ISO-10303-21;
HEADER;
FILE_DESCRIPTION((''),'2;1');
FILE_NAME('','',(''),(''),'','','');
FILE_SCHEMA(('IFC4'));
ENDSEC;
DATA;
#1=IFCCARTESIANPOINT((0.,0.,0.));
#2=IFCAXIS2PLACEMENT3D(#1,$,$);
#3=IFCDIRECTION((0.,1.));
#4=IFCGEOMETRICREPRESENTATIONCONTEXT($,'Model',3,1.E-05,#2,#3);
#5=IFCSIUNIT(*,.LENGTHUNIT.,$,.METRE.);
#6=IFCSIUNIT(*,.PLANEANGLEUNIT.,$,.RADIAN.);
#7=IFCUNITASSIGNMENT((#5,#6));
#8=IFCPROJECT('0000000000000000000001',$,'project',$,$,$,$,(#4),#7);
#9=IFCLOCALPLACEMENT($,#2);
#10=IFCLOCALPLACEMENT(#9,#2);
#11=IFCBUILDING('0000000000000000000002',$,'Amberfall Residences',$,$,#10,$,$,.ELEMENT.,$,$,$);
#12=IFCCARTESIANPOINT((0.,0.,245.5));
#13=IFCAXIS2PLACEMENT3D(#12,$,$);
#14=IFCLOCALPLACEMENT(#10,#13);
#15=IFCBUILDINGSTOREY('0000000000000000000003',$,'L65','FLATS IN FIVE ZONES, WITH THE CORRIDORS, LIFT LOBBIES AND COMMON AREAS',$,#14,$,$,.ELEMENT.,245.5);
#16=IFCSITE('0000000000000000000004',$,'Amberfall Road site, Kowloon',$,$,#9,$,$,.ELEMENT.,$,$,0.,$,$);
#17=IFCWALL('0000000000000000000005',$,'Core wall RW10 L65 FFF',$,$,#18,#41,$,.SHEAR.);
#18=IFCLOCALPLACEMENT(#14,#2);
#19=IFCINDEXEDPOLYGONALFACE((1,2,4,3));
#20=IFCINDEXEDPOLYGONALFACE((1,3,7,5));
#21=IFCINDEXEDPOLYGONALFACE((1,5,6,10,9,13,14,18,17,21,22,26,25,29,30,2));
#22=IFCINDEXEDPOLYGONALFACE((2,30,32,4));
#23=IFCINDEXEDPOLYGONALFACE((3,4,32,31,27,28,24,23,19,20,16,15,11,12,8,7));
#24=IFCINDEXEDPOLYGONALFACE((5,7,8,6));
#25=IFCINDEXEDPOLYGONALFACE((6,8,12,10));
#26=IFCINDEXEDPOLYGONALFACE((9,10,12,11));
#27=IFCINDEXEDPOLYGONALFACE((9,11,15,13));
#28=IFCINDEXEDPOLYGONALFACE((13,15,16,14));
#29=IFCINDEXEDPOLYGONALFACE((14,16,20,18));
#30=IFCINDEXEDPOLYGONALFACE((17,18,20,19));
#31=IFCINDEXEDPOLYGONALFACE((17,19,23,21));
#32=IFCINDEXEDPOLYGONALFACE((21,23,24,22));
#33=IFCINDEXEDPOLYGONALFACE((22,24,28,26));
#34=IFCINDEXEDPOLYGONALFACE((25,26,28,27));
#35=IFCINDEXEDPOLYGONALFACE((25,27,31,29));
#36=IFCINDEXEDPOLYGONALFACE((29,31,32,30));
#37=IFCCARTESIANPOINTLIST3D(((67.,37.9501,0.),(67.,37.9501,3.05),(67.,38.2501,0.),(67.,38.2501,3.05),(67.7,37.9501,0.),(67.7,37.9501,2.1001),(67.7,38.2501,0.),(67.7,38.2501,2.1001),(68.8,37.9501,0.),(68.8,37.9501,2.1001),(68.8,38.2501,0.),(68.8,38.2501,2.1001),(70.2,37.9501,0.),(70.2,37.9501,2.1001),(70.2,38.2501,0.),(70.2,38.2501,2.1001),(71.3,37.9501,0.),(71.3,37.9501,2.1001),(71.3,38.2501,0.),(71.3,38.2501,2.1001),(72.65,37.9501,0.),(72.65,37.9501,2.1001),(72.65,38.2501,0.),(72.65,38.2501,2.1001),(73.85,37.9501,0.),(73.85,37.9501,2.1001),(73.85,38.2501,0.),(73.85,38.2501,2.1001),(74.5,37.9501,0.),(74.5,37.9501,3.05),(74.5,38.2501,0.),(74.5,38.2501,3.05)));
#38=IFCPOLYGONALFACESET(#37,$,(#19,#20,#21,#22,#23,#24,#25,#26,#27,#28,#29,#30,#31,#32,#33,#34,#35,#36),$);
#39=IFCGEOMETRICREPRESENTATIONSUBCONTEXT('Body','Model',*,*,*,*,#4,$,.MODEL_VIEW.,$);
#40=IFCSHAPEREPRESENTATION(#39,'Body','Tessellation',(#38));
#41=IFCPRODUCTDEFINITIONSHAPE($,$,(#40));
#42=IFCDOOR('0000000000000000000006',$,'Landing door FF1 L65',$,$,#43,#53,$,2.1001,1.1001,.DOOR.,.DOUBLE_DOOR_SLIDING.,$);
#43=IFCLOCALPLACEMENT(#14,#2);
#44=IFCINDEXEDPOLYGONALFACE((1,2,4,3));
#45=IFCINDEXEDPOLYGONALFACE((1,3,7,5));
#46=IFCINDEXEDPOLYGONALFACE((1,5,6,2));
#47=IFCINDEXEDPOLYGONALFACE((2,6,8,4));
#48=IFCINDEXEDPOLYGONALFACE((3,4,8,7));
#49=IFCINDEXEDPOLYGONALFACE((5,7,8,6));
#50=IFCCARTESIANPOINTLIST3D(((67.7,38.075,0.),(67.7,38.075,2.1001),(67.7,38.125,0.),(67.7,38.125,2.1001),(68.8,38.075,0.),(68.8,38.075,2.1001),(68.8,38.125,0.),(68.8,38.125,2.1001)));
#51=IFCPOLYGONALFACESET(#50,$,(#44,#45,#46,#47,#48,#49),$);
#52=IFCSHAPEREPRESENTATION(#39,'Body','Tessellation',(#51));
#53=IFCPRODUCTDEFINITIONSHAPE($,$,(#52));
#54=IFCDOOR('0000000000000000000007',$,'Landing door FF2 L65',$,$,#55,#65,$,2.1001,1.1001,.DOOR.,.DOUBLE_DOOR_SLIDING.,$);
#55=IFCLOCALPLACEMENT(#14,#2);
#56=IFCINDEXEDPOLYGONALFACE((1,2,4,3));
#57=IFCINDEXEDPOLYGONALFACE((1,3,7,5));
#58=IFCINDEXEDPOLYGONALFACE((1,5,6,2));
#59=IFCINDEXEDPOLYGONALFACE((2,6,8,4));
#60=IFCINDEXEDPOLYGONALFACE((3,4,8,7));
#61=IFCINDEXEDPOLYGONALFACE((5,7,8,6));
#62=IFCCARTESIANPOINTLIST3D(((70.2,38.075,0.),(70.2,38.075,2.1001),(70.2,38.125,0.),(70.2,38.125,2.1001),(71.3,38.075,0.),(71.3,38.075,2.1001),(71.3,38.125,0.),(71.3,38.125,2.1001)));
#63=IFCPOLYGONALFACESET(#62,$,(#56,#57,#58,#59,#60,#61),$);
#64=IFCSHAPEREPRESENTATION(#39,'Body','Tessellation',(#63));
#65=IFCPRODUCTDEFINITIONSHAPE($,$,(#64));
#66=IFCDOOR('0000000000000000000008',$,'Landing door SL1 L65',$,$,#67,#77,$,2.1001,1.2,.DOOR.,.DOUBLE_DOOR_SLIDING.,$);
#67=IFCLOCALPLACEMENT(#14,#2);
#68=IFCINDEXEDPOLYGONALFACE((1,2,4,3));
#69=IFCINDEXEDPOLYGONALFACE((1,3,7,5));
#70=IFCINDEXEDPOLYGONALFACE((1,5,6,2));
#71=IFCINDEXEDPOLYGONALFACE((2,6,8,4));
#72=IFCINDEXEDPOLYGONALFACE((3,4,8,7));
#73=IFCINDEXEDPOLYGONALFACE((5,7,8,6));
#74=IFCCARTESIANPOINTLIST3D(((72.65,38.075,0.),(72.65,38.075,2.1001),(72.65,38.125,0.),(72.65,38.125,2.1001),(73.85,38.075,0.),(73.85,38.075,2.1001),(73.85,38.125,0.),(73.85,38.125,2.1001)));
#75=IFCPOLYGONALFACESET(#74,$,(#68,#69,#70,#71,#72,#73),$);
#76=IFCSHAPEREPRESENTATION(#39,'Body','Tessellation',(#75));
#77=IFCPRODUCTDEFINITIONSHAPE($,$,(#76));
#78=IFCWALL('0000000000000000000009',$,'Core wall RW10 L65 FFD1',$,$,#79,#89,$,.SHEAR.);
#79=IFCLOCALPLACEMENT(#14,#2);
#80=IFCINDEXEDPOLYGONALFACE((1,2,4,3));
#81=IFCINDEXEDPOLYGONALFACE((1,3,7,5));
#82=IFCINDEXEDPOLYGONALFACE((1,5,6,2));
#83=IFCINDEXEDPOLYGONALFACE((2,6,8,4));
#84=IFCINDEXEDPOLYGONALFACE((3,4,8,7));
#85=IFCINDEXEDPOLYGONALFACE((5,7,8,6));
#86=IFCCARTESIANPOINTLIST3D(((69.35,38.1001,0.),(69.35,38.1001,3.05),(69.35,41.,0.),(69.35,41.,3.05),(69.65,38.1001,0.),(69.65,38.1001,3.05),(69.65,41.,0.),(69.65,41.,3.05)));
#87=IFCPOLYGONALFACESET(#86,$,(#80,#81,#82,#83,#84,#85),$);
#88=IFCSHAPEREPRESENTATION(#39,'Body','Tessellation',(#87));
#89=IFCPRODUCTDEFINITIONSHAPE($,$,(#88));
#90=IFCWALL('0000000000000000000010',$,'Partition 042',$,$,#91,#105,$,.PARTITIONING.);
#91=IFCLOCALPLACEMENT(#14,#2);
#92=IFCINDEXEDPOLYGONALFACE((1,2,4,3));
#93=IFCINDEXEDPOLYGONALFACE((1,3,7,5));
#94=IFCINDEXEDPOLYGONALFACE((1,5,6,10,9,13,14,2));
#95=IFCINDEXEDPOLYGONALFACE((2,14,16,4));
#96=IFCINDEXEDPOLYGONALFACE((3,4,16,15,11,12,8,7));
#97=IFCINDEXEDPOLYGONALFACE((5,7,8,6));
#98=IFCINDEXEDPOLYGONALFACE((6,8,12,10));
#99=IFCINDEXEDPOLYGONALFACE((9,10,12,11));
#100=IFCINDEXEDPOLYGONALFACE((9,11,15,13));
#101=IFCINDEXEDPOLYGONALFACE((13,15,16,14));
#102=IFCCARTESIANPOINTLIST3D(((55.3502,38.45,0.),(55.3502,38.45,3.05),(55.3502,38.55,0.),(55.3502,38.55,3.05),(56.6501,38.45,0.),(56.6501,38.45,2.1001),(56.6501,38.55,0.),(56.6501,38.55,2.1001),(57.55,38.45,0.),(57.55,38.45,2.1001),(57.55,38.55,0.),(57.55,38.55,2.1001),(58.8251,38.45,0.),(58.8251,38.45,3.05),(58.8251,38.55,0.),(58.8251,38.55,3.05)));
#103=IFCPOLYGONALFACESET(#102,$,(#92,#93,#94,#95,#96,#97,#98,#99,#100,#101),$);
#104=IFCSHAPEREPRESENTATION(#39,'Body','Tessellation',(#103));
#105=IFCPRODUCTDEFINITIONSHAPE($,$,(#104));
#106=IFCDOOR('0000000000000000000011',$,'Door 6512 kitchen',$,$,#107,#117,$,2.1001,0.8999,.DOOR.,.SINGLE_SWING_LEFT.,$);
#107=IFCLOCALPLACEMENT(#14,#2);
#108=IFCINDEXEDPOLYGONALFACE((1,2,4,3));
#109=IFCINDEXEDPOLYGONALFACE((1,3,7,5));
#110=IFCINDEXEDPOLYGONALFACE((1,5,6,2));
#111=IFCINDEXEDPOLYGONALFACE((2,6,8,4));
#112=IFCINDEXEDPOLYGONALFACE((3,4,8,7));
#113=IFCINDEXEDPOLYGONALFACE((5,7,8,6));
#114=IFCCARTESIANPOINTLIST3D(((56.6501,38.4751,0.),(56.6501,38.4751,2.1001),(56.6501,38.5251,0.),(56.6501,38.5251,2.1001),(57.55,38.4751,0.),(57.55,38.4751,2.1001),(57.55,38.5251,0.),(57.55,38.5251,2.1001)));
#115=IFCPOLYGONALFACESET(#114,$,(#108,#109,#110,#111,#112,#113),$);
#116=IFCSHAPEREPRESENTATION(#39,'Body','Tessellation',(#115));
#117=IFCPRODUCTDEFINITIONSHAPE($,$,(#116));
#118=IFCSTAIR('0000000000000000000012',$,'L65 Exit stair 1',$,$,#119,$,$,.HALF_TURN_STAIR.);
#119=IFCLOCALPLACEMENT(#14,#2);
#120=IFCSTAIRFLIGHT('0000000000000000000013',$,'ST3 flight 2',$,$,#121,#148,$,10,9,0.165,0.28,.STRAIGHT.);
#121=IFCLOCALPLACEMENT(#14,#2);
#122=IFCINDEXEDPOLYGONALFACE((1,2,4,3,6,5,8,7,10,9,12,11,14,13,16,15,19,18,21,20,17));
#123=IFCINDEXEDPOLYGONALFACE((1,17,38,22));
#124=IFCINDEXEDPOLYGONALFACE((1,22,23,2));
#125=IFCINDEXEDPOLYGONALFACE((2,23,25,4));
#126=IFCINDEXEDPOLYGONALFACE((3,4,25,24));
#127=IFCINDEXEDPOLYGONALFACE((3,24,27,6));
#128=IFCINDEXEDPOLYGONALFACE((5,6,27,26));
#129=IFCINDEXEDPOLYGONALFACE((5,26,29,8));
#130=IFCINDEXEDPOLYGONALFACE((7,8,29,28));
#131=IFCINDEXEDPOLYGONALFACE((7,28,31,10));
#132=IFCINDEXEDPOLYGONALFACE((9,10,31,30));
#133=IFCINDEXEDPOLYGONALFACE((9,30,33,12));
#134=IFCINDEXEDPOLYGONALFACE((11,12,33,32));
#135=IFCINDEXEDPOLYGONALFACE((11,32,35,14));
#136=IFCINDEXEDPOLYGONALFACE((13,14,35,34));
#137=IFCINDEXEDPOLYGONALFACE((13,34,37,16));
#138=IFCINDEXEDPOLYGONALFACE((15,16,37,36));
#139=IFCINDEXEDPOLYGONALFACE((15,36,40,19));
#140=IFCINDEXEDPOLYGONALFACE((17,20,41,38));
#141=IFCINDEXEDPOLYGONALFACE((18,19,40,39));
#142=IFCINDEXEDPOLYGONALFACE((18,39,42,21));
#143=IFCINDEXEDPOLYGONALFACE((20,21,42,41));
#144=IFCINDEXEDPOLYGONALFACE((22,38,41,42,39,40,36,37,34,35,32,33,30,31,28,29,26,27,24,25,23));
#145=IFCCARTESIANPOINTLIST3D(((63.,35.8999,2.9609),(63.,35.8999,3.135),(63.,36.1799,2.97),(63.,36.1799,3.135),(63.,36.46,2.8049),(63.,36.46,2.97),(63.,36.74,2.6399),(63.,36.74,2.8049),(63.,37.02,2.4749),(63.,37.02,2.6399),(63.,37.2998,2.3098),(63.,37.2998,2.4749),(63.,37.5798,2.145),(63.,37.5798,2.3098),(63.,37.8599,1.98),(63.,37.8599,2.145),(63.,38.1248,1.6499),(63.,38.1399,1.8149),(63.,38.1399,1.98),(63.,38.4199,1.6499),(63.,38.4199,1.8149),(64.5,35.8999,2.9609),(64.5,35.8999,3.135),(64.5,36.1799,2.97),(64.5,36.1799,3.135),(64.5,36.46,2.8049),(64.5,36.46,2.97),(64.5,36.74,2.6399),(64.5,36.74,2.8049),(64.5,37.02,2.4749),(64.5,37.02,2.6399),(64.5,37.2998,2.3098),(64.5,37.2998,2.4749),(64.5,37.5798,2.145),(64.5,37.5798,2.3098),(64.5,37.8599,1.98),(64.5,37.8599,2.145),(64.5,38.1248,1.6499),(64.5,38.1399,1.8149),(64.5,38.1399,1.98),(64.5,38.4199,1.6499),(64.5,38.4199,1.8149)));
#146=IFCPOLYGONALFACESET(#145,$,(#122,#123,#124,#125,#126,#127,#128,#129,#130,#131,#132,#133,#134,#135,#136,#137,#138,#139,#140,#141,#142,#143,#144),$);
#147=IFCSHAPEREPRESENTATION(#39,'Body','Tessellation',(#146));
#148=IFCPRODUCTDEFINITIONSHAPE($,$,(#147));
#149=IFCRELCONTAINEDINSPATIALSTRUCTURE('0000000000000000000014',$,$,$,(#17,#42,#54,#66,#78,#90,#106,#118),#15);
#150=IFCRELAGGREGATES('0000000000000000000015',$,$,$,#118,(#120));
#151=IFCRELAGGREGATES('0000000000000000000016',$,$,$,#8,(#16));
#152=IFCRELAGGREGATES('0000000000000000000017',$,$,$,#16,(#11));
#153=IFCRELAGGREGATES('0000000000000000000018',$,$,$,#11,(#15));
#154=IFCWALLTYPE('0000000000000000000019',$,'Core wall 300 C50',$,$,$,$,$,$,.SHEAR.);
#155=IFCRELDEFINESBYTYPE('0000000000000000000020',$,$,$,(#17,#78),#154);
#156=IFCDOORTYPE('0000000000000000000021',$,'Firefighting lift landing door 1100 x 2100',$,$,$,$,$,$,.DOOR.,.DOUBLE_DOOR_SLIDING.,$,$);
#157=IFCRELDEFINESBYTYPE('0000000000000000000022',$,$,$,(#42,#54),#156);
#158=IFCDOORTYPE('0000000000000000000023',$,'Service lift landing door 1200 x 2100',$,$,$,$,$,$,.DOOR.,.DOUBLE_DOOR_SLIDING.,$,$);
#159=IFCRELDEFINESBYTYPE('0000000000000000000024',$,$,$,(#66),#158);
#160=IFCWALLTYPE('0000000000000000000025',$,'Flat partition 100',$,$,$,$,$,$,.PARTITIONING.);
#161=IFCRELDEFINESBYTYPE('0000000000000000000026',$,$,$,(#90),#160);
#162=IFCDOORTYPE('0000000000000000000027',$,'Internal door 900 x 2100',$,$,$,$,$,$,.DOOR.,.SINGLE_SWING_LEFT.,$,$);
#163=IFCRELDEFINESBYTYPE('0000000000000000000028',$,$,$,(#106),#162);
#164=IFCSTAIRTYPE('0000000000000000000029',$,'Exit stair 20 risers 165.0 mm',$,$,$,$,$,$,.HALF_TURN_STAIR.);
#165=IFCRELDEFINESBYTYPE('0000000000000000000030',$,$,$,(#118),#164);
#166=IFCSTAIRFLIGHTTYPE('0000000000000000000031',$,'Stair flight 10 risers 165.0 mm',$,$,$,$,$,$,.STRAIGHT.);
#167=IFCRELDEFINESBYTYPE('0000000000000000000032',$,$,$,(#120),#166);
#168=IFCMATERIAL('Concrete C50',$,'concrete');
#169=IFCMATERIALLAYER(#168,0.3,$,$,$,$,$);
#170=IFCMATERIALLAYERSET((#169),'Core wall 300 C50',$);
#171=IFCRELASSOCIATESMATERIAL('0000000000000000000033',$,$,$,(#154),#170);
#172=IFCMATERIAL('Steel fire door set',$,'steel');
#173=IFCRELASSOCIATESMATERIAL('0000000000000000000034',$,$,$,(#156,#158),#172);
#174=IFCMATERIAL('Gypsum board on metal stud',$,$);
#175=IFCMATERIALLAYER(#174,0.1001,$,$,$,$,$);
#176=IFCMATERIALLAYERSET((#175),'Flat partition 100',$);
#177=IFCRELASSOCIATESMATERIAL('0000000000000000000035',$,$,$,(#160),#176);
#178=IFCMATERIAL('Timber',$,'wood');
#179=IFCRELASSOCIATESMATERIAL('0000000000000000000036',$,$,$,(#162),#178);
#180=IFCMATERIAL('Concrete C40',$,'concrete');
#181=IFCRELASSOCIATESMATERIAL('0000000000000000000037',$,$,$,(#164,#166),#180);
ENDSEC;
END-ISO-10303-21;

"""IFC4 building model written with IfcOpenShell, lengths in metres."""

from ifc_helpers import new_model, si_unit, direction, frame, frame_2d, origin, place, context, subcontext, project, spatial, polyline, rectangle, outline, extrude, material, layer, layer_set, type_object, element, fill, aggregate, save


model = new_model("IFC4")

# Units and contexts
model_context = context("Model", 3, precision=1e-05, world=origin(), true_north=direction((0.0, 1.0)))
body_context = subcontext(model_context, "Body", "Model", "MODEL_VIEW")
ifc_project = project(units=[si_unit("LENGTHUNIT", "METRE"), si_unit("PLANEANGLEUNIT", "RADIAN")], contexts=[model_context])

# Site, building, storey
site_placement = place(None, origin())
site = spatial("IfcSite", under=ifc_project, at=site_placement, Name="Amberfall Road site, Kowloon", CompositionType="ELEMENT", RefElevation=0.0)
building_placement = place(site_placement, origin())
building = spatial("IfcBuilding", under=site, at=building_placement, Name="Amberfall Residences", CompositionType="ELEMENT")
storey_placement = place(building_placement, frame((0.0, 0.0, 245.5)))
storey = spatial("IfcBuildingStorey", under=building, at=storey_placement, Name="L65", Description="FLATS IN FIVE ZONES, WITH THE CORRIDORS, LIFT LOBBIES AND COMMON AREAS", CompositionType="ELEMENT", Elevation=245.5)

# Wall, openings, doors
ifc_material_1 = material(Name="Concrete C50", Category="concrete")
ifc_layer_1 = layer(ifc_material_1, 0.3)
ifc_layer_set_1 = layer_set([ifc_layer_1], Name="Core wall 300 C50")
wall_type_1 = type_object("IfcWallType", Name="Core wall 300 C50", PredefinedType="SHEAR", material=ifc_layer_set_1)
wall_1_placement = place(storey_placement, frame((67.0, 38.1001, 0.0), z_axis=(0.0, 0.0, 1.0), x_axis=(1.0, 0.0, 0.0)))
wall_1 = element("IfcWall", 1, at=wall_1_placement, inside=storey, type_object=wall_type_1, Name="Core wall RW10 L65 FFF", PredefinedType="SHEAR", context=body_context, shape_type="SweptSolid", body=[
    extrude(rectangle(XDim=7.5, YDim=0.3, at=frame_2d((3.75, 0.0))), origin(), (0.0, 0.0, 1.0), 3.05),
])
opening_1_placement = place(wall_1_placement, frame((0.7, 0.0, 0.0)))
opening_1 = element("IfcOpeningElement", 2, at=opening_1_placement, cuts=wall_1, PredefinedType="OPENING", context=body_context, shape_type="SweptSolid", body=[
    extrude(rectangle(XDim=1.1001, YDim=2.1001, at=frame_2d((0.55, 1.05))), frame((0.0, 0.1599, 0.0), z_axis=(0.0, -1.0, 0.0), x_axis=(1.0, 0.0, 0.0)), (0.0, 0.0, 1.0), 0.3201),
])
opening_2_placement = place(wall_1_placement, frame((3.2, 0.0, 0.0)))
opening_2 = element("IfcOpeningElement", 3, at=opening_2_placement, cuts=wall_1, PredefinedType="OPENING", context=body_context, shape_type="SweptSolid", body=[
    extrude(rectangle(XDim=1.1001, YDim=2.1001, at=frame_2d((0.55, 1.05))), frame((0.0, 0.1599, 0.0), z_axis=(0.0, -1.0, 0.0), x_axis=(1.0, 0.0, 0.0)), (0.0, 0.0, 1.0), 0.3201),
])
opening_3_placement = place(wall_1_placement, frame((5.6499, 0.0, 0.0)))
opening_3 = element("IfcOpeningElement", 4, at=opening_3_placement, cuts=wall_1, PredefinedType="OPENING", context=body_context, shape_type="SweptSolid", body=[
    extrude(rectangle(XDim=1.2, YDim=2.1001, at=frame_2d((0.6001, 1.05))), frame((0.0, 0.1599, 0.0), z_axis=(0.0, -1.0, 0.0), x_axis=(1.0, 0.0, 0.0)), (0.0, 0.0, 1.0), 0.3201),
])
ifc_material_2 = material(Name="Steel fire door set", Category="steel")
door_type_1 = type_object("IfcDoorType", Name="Firefighting lift landing door 1100 x 2100", OperationType="DOUBLE_DOOR_SLIDING", PredefinedType="DOOR", material=ifc_material_2)
door_1_placement = place(opening_1_placement, origin())
door_1 = element("IfcDoor", 5, at=door_1_placement, inside=storey, type_object=door_type_1, Name="Landing door FF1 L65", OperationType="DOUBLE_DOOR_SLIDING", OverallHeight=2.1001, OverallWidth=1.1001, PredefinedType="DOOR", context=body_context, shape_type="SweptSolid", body=[
    extrude(rectangle(XDim=1.1001, YDim=2.1001, at=frame_2d((0.55, 1.05))), frame((0.0, 0.0249, 0.0), z_axis=(0.0, -1.0, 0.0), x_axis=(1.0, 0.0, 0.0)), (0.0, 0.0, 1.0), 0.05),
])
fill(opening_1, door_1)
door_2_placement = place(opening_2_placement, origin())
door_2 = element("IfcDoor", 6, at=door_2_placement, inside=storey, type_object=door_type_1, Name="Landing door FF2 L65", OperationType="DOUBLE_DOOR_SLIDING", OverallHeight=2.1001, OverallWidth=1.1001, PredefinedType="DOOR", context=body_context, shape_type="SweptSolid", body=[
    extrude(rectangle(XDim=1.1001, YDim=2.1001, at=frame_2d((0.55, 1.05))), frame((0.0, 0.0249, 0.0), z_axis=(0.0, -1.0, 0.0), x_axis=(1.0, 0.0, 0.0)), (0.0, 0.0, 1.0), 0.05),
])
fill(opening_2, door_2)
door_type_2 = type_object("IfcDoorType", Name="Service lift landing door 1200 x 2100", OperationType="DOUBLE_DOOR_SLIDING", PredefinedType="DOOR", material=ifc_material_2)
door_3_placement = place(opening_3_placement, origin())
door_3 = element("IfcDoor", 7, at=door_3_placement, inside=storey, type_object=door_type_2, Name="Landing door SL1 L65", OperationType="DOUBLE_DOOR_SLIDING", OverallHeight=2.1001, OverallWidth=1.2, PredefinedType="DOOR", context=body_context, shape_type="SweptSolid", body=[
    extrude(rectangle(XDim=1.2, YDim=2.1001, at=frame_2d((0.6001, 1.05))), frame((0.0, 0.0249, 0.0), z_axis=(0.0, -1.0, 0.0), x_axis=(1.0, 0.0, 0.0)), (0.0, 0.0, 1.0), 0.05),
])
fill(opening_3, door_3)

# Wall
wall_2_placement = place(storey_placement, frame((69.5, 38.1001, 0.0), z_axis=(0.0, 0.0, 1.0), x_axis=(0.0, 1.0, 0.0)))
element("IfcWall", 8, at=wall_2_placement, inside=storey, type_object=wall_type_1, Name="Core wall RW10 L65 FFD1", PredefinedType="SHEAR", context=body_context, shape_type="SweptSolid", body=[
    extrude(rectangle(XDim=2.8999, YDim=0.3, at=frame_2d((1.45, 0.0))), origin(), (0.0, 0.0, 1.0), 3.05),
])

# Wall, opening, door
ifc_material_3 = material(Name="Gypsum board on metal stud")
ifc_layer_2 = layer(ifc_material_3, 0.1001)
ifc_layer_set_2 = layer_set([ifc_layer_2], Name="Flat partition 100")
wall_type_2 = type_object("IfcWallType", Name="Flat partition 100", PredefinedType="PARTITIONING", material=ifc_layer_set_2)
wall_3_placement = place(storey_placement, frame((58.825, 38.5, 0.0), z_axis=(0.0, 0.0, 1.0), x_axis=(-1.0, 0.0, 0.0)))
wall_3 = element("IfcWall", 9, at=wall_3_placement, inside=storey, type_object=wall_type_2, Name="Partition 042", PredefinedType="PARTITIONING", context=body_context, shape_type="SweptSolid", body=[
    extrude(rectangle(XDim=3.4749, YDim=0.1001, at=frame_2d((1.7373, 0.0))), origin(), (0.0, 0.0, 1.0), 3.05),
])
opening_4_placement = place(wall_3_placement, frame((1.2749, 0.0, 0.0)))
opening_4 = element("IfcOpeningElement", 10, at=opening_4_placement, cuts=wall_3, PredefinedType="OPENING", context=body_context, shape_type="SweptSolid", body=[
    extrude(rectangle(XDim=0.8999, YDim=2.1001, at=frame_2d((0.45, 1.05))), frame((0.0, 0.0601, 0.0), z_axis=(0.0, -1.0, 0.0), x_axis=(1.0, 0.0, 0.0)), (0.0, 0.0, 1.0), 0.1201),
])
ifc_material_4 = material(Name="Timber", Category="wood")
door_type_3 = type_object("IfcDoorType", Name="Internal door 900 x 2100", OperationType="SINGLE_SWING_LEFT", PredefinedType="DOOR", material=ifc_material_4)
door_4_placement = place(opening_4_placement, origin())
door_4 = element("IfcDoor", 11, at=door_4_placement, inside=storey, type_object=door_type_3, Name="Door 6512 kitchen", OperationType="SINGLE_SWING_LEFT", OverallHeight=2.1001, OverallWidth=0.8999, PredefinedType="DOOR", context=body_context, shape_type="SweptSolid", body=[
    extrude(rectangle(XDim=0.8999, YDim=2.1001, at=frame_2d((0.45, 1.05))), frame((0.0, 0.0249, 0.0), z_axis=(0.0, -1.0, 0.0), x_axis=(1.0, 0.0, 0.0)), (0.0, 0.0, 1.0), 0.05),
])
fill(opening_4, door_4)

# Stair, stair flight
ifc_material_5 = material(Name="Concrete C40", Category="concrete")
stair_type = type_object("IfcStairType", Name="Exit stair 20 risers 165.0 mm", PredefinedType="HALF_TURN_STAIR", material=ifc_material_5)
stair_placement = place(storey_placement, origin())
stair = element("IfcStair", 12, at=stair_placement, inside=storey, type_object=stair_type, Name="L65 Exit stair 1", PredefinedType="HALF_TURN_STAIR")
stair_flight_type = type_object("IfcStairFlightType", Name="Stair flight 10 risers 165.0 mm", PredefinedType="STRAIGHT", material=ifc_material_5)
stair_flight_placement = place(storey_placement, frame((63.75, 38.4199, 1.6499), z_axis=(0.0, 0.0, 1.0), x_axis=(0.0, -1.0, 0.0)))
stair_flight = element("IfcStairFlight", 13, at=stair_flight_placement, type_object=stair_flight_type, Name="ST3 flight 2", NumberOfRisers=10, NumberOfTreads=9, PredefinedType="STRAIGHT", RiserHeight=0.165, TreadLength=0.28, context=body_context, shape_type="SweptSolid", body=[
    extrude(outline(polyline([(0.0, 0.0), (0.0, 0.165), (0.28, 0.165), (0.28, 0.3301), (0.5601, 0.3301), (0.5601, 0.4951), (0.8401, 0.4951), (0.8401, 0.6599), (1.1201, 0.6599), (1.1201, 0.825), (1.3999, 0.825), (1.3999, 0.99), (1.6799, 0.99), (1.6799, 1.155), (1.96, 1.155), (1.96, 1.3201), (2.24, 1.3201), (2.24, 1.4851), (2.52, 1.4851), (2.52, 1.6499), (2.52, 1.311), (0.2952, 0.0), (0.0, 0.0)])), frame((0.0, 0.75, 0.0), z_axis=(0.0, -1.0, 0.0), x_axis=(1.0, 0.0, 0.0)), (0.0, 0.0, 1.0), 1.5),
])
aggregate(stair, [stair_flight])

save(model, "model.ifc")
